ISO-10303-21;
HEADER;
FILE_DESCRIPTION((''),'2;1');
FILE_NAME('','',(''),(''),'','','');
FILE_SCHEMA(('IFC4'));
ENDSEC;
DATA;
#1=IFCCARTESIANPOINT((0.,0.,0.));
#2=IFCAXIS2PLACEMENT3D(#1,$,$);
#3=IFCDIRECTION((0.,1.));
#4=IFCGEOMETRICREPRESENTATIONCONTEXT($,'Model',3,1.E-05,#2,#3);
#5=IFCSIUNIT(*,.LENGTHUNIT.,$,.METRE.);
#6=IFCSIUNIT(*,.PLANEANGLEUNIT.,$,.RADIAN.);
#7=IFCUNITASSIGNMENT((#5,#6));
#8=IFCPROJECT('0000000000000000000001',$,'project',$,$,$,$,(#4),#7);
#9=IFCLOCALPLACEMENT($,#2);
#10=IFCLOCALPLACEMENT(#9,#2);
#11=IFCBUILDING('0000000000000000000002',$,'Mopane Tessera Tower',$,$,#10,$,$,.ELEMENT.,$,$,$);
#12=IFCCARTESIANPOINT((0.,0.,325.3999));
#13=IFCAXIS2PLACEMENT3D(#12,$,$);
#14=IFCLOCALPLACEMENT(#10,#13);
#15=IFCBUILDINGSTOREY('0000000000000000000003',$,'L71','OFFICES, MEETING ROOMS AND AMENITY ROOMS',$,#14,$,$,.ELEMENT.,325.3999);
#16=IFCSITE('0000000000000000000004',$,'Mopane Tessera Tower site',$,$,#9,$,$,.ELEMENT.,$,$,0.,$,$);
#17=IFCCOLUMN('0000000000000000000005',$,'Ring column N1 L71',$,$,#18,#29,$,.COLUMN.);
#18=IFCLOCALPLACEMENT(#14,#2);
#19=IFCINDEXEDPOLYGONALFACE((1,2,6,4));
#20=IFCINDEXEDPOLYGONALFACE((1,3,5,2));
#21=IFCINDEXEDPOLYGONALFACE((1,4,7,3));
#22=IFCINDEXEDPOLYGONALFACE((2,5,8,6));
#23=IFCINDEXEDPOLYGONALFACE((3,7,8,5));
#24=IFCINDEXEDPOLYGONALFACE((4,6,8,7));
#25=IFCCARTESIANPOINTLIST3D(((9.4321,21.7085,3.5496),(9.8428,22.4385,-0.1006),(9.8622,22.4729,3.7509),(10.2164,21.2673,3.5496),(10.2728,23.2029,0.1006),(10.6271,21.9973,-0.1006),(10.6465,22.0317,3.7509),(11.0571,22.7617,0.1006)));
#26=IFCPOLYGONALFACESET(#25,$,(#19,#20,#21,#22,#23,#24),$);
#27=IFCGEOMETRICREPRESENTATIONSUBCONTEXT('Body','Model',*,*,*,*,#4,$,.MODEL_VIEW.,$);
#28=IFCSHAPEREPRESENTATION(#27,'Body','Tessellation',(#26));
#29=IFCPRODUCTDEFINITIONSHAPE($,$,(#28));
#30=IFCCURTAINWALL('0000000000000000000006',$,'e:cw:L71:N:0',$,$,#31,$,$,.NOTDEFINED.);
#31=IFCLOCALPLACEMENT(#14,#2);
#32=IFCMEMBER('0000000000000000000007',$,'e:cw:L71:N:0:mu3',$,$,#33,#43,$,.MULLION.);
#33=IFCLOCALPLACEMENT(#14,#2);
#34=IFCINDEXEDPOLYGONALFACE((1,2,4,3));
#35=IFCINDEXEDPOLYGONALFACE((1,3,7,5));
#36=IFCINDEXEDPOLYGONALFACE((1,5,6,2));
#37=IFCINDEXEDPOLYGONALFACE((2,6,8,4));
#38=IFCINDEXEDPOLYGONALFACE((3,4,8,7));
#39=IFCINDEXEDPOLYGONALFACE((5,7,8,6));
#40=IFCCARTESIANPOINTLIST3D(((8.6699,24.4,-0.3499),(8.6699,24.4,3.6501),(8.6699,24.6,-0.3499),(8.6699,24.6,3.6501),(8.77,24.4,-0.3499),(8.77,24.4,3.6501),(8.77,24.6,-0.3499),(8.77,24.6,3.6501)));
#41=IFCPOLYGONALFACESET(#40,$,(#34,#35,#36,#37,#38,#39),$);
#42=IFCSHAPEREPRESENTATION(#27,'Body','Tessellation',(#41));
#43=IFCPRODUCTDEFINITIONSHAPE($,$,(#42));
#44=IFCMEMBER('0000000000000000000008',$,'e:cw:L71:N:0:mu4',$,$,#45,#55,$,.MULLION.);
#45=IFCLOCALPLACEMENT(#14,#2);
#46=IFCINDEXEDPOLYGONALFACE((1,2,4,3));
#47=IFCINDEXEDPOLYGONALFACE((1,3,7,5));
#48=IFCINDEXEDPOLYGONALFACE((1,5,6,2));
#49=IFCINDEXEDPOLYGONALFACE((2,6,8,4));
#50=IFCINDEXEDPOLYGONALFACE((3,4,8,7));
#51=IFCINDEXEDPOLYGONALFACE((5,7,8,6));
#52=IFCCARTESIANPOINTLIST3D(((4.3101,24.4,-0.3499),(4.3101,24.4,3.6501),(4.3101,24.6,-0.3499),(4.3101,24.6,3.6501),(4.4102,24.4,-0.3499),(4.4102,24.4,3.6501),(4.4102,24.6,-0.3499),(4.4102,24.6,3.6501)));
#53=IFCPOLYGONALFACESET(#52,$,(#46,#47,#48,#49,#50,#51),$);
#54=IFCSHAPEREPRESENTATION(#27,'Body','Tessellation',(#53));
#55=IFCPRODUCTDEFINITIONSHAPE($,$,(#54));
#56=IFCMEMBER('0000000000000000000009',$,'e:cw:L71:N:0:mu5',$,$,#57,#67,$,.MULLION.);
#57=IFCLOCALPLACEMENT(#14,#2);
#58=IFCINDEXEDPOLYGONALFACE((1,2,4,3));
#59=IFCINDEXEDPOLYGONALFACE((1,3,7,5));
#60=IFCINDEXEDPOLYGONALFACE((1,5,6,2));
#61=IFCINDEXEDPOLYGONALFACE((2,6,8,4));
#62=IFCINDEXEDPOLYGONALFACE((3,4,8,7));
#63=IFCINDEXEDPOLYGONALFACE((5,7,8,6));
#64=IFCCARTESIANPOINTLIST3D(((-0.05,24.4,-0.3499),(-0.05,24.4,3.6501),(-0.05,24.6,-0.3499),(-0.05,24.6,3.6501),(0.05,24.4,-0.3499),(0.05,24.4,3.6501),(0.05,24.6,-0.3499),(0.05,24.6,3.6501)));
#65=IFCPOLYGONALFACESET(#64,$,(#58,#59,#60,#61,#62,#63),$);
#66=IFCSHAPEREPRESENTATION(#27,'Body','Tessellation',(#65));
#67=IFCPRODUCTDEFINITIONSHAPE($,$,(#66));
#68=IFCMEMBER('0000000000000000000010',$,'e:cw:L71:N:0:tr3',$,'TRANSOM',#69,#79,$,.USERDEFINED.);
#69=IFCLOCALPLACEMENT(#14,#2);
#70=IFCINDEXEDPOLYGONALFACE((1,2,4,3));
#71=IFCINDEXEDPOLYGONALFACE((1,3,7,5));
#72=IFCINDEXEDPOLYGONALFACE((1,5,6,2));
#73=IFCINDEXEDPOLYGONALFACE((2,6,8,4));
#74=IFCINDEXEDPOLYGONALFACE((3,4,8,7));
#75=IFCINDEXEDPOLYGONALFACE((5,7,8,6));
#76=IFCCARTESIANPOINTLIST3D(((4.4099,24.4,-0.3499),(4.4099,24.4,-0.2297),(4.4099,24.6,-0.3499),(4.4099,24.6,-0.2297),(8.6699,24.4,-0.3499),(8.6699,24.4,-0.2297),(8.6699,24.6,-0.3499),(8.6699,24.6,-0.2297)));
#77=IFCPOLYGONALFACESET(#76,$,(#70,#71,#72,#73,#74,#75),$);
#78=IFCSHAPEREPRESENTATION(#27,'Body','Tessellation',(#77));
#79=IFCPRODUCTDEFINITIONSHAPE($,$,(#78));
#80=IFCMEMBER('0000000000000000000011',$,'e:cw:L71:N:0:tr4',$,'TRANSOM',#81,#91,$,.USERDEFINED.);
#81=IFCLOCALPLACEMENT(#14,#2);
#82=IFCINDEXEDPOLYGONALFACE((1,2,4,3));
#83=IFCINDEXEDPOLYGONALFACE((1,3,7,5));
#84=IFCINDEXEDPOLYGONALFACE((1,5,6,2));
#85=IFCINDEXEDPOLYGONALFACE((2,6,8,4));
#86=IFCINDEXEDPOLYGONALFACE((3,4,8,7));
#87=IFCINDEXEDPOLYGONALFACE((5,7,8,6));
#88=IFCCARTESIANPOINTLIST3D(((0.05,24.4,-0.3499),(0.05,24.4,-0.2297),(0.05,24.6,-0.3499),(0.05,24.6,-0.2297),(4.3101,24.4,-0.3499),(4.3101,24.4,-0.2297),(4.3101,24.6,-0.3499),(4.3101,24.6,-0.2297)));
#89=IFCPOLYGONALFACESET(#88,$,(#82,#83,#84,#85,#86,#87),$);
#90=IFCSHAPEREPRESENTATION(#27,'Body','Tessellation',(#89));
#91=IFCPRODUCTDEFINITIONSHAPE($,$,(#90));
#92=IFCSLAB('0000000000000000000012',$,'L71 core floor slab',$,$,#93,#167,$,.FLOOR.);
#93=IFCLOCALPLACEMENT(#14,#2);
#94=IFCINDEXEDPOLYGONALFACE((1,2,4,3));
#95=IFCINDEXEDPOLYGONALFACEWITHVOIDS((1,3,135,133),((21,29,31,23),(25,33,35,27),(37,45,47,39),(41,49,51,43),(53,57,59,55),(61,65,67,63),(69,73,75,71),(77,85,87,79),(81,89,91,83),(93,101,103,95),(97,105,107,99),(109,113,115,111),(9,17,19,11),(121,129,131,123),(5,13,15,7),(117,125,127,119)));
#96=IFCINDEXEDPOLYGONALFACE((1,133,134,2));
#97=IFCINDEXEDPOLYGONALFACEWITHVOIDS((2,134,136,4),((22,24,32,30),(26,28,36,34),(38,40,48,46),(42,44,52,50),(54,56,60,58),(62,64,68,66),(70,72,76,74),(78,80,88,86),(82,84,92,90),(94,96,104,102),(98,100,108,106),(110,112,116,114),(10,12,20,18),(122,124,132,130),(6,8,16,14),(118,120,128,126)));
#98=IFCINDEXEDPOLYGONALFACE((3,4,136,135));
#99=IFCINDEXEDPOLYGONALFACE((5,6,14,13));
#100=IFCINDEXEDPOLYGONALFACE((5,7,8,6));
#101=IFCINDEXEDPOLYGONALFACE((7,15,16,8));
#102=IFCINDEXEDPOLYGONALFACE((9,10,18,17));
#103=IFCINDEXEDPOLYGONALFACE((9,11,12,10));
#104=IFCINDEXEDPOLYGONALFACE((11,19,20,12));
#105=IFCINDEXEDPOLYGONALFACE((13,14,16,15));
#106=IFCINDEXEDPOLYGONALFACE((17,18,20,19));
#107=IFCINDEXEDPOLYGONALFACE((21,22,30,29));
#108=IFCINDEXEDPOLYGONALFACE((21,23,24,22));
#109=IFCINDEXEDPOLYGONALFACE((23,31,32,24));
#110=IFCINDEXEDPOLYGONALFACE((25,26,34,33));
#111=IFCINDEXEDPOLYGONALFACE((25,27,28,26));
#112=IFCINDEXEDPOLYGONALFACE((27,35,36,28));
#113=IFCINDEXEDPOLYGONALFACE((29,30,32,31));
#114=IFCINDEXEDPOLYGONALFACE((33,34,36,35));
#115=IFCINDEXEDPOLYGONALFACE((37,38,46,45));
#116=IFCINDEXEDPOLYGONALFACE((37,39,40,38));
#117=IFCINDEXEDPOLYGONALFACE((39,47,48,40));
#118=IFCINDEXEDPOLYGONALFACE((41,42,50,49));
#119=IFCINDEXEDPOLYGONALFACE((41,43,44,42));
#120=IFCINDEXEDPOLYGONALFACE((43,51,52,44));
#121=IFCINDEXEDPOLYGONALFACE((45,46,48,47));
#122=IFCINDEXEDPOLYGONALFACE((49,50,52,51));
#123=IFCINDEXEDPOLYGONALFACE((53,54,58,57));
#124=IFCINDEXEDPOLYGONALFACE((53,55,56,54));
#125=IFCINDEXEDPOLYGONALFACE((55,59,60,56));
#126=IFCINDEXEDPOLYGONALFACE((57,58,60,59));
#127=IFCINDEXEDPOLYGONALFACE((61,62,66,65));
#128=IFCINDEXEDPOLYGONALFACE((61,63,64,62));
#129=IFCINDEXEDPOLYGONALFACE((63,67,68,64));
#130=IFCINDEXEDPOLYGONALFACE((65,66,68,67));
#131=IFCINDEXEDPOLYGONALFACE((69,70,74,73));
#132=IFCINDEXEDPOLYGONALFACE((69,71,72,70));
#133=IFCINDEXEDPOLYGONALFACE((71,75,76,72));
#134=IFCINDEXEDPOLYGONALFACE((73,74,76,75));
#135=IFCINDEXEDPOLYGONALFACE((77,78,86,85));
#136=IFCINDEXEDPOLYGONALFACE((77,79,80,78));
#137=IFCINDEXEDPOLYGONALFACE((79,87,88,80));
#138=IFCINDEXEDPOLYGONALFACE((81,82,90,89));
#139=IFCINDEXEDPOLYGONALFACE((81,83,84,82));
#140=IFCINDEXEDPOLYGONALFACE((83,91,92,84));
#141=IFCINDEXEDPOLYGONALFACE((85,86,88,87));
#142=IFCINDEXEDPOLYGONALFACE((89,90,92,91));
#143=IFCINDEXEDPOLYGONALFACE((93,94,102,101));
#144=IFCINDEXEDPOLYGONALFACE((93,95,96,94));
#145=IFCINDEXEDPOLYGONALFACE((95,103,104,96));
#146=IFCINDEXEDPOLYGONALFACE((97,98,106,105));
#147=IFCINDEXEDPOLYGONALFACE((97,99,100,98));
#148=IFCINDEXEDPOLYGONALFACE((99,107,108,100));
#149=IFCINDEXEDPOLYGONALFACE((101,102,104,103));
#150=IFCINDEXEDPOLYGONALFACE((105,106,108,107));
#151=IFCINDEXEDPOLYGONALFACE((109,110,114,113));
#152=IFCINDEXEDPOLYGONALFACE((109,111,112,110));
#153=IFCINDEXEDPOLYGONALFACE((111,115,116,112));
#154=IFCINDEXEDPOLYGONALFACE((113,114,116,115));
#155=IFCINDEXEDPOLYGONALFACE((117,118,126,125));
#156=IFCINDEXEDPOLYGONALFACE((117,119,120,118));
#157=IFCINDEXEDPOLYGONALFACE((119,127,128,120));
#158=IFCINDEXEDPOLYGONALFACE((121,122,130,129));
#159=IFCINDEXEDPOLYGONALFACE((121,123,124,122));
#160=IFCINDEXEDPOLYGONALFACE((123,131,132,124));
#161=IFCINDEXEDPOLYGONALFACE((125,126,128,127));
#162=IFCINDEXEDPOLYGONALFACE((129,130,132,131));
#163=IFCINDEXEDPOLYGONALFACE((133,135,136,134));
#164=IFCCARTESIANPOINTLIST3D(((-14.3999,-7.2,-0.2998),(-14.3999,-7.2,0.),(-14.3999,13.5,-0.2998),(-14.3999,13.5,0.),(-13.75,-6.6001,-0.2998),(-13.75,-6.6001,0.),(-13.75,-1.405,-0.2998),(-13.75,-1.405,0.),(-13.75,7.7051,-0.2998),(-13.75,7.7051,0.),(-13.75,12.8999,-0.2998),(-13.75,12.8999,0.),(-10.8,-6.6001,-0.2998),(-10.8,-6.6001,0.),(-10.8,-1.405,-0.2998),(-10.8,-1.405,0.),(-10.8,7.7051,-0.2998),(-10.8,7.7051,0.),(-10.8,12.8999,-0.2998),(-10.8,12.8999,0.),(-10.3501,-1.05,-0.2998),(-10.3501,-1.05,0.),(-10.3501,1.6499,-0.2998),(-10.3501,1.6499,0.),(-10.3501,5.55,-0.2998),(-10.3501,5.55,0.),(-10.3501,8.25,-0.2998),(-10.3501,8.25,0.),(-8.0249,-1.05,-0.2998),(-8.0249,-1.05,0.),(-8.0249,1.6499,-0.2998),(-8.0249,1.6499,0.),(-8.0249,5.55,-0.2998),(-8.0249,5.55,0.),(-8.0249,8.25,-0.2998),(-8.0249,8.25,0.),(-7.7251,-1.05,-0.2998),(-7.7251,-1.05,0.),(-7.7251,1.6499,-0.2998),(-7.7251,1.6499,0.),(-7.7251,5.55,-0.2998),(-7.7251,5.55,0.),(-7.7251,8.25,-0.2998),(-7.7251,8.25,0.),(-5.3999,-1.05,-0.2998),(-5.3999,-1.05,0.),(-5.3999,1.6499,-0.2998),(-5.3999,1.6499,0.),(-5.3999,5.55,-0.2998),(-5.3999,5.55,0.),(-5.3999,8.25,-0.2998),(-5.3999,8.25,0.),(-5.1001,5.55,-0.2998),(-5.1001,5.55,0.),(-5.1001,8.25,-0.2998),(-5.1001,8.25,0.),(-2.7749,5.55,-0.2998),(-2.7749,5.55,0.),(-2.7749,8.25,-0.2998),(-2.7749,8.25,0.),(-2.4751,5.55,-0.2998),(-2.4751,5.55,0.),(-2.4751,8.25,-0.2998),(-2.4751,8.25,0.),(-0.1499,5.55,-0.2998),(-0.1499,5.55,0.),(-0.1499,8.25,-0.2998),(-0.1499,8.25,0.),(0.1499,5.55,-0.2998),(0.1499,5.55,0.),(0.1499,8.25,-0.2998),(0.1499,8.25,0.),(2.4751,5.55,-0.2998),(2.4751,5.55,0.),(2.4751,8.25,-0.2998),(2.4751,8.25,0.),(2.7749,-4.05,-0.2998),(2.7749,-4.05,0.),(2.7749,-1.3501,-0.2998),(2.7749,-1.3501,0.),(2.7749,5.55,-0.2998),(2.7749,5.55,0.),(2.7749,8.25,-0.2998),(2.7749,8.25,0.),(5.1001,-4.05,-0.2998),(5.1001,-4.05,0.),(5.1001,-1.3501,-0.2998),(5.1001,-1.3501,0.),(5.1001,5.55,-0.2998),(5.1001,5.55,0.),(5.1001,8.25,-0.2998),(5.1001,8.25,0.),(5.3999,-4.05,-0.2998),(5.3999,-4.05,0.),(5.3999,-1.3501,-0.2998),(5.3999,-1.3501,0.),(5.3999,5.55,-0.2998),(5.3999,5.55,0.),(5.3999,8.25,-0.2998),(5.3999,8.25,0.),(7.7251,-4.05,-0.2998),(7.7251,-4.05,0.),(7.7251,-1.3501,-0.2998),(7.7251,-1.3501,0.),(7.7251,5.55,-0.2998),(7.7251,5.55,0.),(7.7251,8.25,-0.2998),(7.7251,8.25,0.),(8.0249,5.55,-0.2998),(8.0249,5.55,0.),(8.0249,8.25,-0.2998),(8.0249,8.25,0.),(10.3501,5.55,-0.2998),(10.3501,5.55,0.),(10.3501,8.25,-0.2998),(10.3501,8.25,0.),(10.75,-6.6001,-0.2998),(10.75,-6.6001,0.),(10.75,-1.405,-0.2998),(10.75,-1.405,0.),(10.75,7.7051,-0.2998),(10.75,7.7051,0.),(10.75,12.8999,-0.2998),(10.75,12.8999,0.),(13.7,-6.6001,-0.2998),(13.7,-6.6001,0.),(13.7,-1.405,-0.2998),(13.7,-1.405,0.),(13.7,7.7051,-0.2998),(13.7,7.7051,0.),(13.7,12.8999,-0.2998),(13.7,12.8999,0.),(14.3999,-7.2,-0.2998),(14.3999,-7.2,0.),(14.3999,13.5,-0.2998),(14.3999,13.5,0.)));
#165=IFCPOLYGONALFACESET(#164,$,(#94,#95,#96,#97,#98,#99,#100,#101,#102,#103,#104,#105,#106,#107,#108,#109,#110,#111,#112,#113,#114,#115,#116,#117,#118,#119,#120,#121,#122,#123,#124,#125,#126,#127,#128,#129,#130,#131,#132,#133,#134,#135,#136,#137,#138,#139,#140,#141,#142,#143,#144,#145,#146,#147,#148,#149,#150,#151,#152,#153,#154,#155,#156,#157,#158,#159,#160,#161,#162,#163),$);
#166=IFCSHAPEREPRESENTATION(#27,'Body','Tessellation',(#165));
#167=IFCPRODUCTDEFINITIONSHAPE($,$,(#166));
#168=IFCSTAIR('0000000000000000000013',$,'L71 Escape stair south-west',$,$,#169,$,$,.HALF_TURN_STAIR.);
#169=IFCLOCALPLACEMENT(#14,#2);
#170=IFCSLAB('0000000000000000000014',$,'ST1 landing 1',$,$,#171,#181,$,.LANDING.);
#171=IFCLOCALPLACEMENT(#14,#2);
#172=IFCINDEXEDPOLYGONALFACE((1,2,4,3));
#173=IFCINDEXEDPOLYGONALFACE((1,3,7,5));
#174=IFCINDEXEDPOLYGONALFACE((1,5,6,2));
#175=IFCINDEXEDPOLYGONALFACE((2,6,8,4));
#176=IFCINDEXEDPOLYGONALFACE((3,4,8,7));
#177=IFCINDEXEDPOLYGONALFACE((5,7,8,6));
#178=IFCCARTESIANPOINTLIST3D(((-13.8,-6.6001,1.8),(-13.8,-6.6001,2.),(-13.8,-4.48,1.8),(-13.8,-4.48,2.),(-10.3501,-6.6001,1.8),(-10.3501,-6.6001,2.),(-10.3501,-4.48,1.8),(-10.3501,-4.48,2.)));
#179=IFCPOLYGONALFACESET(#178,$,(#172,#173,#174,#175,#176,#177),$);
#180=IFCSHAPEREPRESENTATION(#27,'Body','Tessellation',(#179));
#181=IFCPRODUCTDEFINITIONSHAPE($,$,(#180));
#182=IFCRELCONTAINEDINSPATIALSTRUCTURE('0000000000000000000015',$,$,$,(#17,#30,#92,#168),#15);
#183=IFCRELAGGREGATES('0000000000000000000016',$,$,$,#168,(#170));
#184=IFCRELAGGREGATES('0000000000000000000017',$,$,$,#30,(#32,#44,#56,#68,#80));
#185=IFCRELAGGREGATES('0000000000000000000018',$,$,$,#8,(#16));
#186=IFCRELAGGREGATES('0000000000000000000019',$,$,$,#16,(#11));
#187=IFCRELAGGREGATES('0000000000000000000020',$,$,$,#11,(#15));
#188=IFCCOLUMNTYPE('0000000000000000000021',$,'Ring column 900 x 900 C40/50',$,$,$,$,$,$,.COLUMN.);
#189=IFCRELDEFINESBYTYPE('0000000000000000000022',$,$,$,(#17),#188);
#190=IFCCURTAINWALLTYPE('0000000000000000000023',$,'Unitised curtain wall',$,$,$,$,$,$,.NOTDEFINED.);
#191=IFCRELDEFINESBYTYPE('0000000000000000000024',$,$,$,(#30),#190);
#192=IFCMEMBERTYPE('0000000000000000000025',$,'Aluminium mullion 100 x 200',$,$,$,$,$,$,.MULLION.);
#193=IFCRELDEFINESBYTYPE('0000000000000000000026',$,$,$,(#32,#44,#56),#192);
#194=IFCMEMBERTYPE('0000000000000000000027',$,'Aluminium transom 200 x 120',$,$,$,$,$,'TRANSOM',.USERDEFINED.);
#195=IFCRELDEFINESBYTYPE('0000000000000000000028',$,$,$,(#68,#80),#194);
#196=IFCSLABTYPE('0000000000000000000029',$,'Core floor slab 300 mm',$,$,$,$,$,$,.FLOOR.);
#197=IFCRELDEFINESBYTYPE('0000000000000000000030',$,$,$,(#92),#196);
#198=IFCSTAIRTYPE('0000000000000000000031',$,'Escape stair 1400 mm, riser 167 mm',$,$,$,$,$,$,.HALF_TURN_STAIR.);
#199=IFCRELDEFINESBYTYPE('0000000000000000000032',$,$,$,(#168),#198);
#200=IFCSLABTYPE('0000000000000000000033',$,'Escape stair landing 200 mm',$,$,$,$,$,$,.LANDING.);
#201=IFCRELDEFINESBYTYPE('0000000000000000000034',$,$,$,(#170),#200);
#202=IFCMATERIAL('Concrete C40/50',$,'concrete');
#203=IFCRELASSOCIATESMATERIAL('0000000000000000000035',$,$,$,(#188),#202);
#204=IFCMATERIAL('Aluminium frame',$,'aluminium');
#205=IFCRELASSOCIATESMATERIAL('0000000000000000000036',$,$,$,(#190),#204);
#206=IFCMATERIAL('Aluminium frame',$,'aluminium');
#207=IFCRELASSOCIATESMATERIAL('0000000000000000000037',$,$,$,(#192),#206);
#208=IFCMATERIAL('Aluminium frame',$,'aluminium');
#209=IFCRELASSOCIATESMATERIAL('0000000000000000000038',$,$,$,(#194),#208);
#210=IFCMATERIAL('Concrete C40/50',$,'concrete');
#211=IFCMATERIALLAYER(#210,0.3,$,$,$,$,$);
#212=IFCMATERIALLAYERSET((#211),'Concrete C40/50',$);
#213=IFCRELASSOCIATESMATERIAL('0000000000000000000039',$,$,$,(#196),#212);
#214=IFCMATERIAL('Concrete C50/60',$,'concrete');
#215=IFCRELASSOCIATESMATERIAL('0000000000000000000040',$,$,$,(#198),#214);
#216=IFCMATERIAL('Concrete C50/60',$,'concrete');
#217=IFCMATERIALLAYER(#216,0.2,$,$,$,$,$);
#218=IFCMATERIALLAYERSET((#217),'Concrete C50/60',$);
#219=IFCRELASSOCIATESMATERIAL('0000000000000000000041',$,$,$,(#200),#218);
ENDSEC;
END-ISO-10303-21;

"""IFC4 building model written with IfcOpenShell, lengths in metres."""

from ifc_helpers import new_model, si_unit, direction, frame, origin, origin_2d, place, context, subcontext, project, spatial, polyline, rectangle, outline, extrude, material, layer, layer_set, material_profile, profile_set, type_object, element, aggregate, save


model = new_model("IFC4")

# Units and contexts
model_context = context("Model", 3, precision=1e-05, world=origin(), true_north=direction((0.0, 1.0)))
body_context = subcontext(model_context, "Body", "Model", "MODEL_VIEW")
ifc_project = project(units=[si_unit("LENGTHUNIT", "METRE"), si_unit("PLANEANGLEUNIT", "RADIAN")], contexts=[model_context])

# Site, building, storey
site_placement = place(None, origin())
site = spatial("IfcSite", under=ifc_project, at=site_placement, Name="Mopane Tessera Tower site", CompositionType="ELEMENT", RefElevation=0.0)
building_placement = place(site_placement, origin())
building = spatial("IfcBuilding", under=site, at=building_placement, Name="Mopane Tessera Tower", CompositionType="ELEMENT")
storey_placement = place(building_placement, frame((0.0, 0.0, 325.3999)))
storey = spatial("IfcBuildingStorey", under=building, at=storey_placement, Name="L71", Description="OFFICES, MEETING ROOMS AND AMENITY ROOMS", CompositionType="ELEMENT", Elevation=325.3999)

# Column
ifc_material_1 = material(Name="Concrete C40/50", Category="concrete")
ifc_material_profile_1 = material_profile(ifc_material_1, rectangle(XDim=0.8999, YDim=0.8999, at=origin_2d()))
ifc_profile_set_1 = profile_set([ifc_material_profile_1], Name="Concrete C40/50")
column_type = type_object("IfcColumnType", Name="Ring column 900 x 900 C40/50", PredefinedType="COLUMN", material=ifc_profile_set_1)
column_placement = place(storey_placement, frame((10.45, 22.6001, 0.0), z_axis=(-0.109651, -0.194921, 0.97467), x_axis=(0.87156, -0.490289, 0.0)))
element("IfcColumn", 1, at=column_placement, inside=storey, type_object=column_type, Name="Ring column N1 L71", PredefinedType="COLUMN", context=body_context, shape_type="SweptSolid", body=[
    extrude(rectangle(XDim=0.8999, YDim=0.8999, at=origin_2d()), origin(), (0.0, 0.0, 1.0), 3.7451),
])

# Curtain wall, members
ifc_material_2 = material(Name="Aluminium frame", Category="aluminium")
curtain_wall_type = type_object("IfcCurtainWallType", Name="Unitised curtain wall", PredefinedType="NOTDEFINED", material=ifc_material_2)
curtain_wall_1_placement = place(storey_placement, origin())
curtain_wall_1 = element("IfcCurtainWall", 2, at=curtain_wall_1_placement, inside=storey, type_object=curtain_wall_type, Name="e:cw:L71:N:0", PredefinedType="NOTDEFINED")
ifc_material_3 = material(Name="Aluminium frame", Category="aluminium")
ifc_material_profile_2 = material_profile(ifc_material_3, rectangle(XDim=0.1001, YDim=0.2, at=origin_2d()))
ifc_profile_set_2 = profile_set([ifc_material_profile_2], Name="Aluminium frame")
member_type_1 = type_object("IfcMemberType", Name="Aluminium mullion 100 x 200", PredefinedType="MULLION", material=ifc_profile_set_2)
member_1_placement = place(storey_placement, frame((8.72, 24.5, -0.3499), z_axis=(0.0, 0.0, 1.0), x_axis=(-1.0, 0.0, 0.0)))
member_1 = element("IfcMember", 3, at=member_1_placement, type_object=member_type_1, Name="e:cw:L71:N:0:mu3", PredefinedType="MULLION", context=body_context, shape_type="SweptSolid", body=[
    extrude(rectangle(XDim=0.1001, YDim=0.2, at=origin_2d()), origin(), (0.0, 0.0, 1.0), 4.0),
])
member_2_placement = place(storey_placement, frame((4.3601, 24.5, -0.3499), z_axis=(0.0, 0.0, 1.0), x_axis=(-1.0, 0.0, 0.0)))
member_2 = element("IfcMember", 4, at=member_2_placement, type_object=member_type_1, Name="e:cw:L71:N:0:mu4", PredefinedType="MULLION", context=body_context, shape_type="SweptSolid", body=[
    extrude(rectangle(XDim=0.1001, YDim=0.2, at=origin_2d()), origin(), (0.0, 0.0, 1.0), 4.0),
])
member_3_placement = place(storey_placement, frame((0.0, 24.5, -0.3499), z_axis=(0.0, 0.0, 1.0), x_axis=(-1.0, 0.0, 0.0)))
member_3 = element("IfcMember", 5, at=member_3_placement, type_object=member_type_1, Name="e:cw:L71:N:0:mu5", PredefinedType="MULLION", context=body_context, shape_type="SweptSolid", body=[
    extrude(rectangle(XDim=0.1001, YDim=0.2, at=origin_2d()), origin(), (0.0, 0.0, 1.0), 4.0),
])
ifc_material_4 = material(Name="Aluminium frame", Category="aluminium")
ifc_material_profile_3 = material_profile(ifc_material_4, rectangle(XDim=0.2, YDim=0.1201, at=origin_2d()))
ifc_profile_set_3 = profile_set([ifc_material_profile_3], Name="Aluminium frame")
member_type_2 = type_object("IfcMemberType", Name="Aluminium transom 200 x 120", ElementType="TRANSOM", PredefinedType="USERDEFINED", material=ifc_profile_set_3)
member_4_placement = place(storey_placement, frame((8.6699, 24.5, -0.2898), z_axis=(-1.0, 0.0, 0.0), x_axis=(0.0, -1.0, 0.0)))
member_4 = element("IfcMember", 6, at=member_4_placement, type_object=member_type_2, Name="e:cw:L71:N:0:tr3", ObjectType="TRANSOM", PredefinedType="USERDEFINED", context=body_context, shape_type="SweptSolid", body=[
    extrude(rectangle(XDim=0.2, YDim=0.1201, at=origin_2d()), origin(), (0.0, 0.0, 1.0), 4.26),
])
member_5_placement = place(storey_placement, frame((4.3101, 24.5, -0.2898), z_axis=(-1.0, 0.0, 0.0), x_axis=(0.0, -1.0, 0.0)))
member_5 = element("IfcMember", 7, at=member_5_placement, type_object=member_type_2, Name="e:cw:L71:N:0:tr4", ObjectType="TRANSOM", PredefinedType="USERDEFINED", context=body_context, shape_type="SweptSolid", body=[
    extrude(rectangle(XDim=0.2, YDim=0.1201, at=origin_2d()), origin(), (0.0, 0.0, 1.0), 4.26),
])

# Slab
ifc_material_5 = material(Name="Concrete C40/50", Category="concrete")
ifc_layer_1 = layer(ifc_material_5, 0.3)
ifc_layer_set_1 = layer_set([ifc_layer_1], Name="Concrete C40/50")
slab_type_1 = type_object("IfcSlabType", Name="Core floor slab 300 mm", PredefinedType="FLOOR", material=ifc_layer_set_1)
slab_1_placement = place(storey_placement, frame((0.0, 0.0, -0.2998)))
element("IfcSlab", 8, at=slab_1_placement, inside=storey, type_object=slab_type_1, Name="L71 core floor slab", PredefinedType="FLOOR", context=body_context, shape_type="SweptSolid", body=[
    extrude(outline(polyline([(-14.3999, -7.2), (14.3999, -7.2), (14.3999, 13.5), (-14.3999, 13.5), (-14.3999, -7.2)]), holes=[polyline([(-10.3501, -1.05), (-8.0249, -1.05), (-8.0249, 1.6499), (-10.3501, 1.6499), (-10.3501, -1.05)]), polyline([(-7.7251, -1.05), (-5.3999, -1.05), (-5.3999, 1.6499), (-7.7251, 1.6499), (-7.7251, -1.05)]), polyline([(-10.3501, 5.55), (-8.0249, 5.55), (-8.0249, 8.25), (-10.3501, 8.25), (-10.3501, 5.55)]), polyline([(-7.7251, 5.55), (-5.3999, 5.55), (-5.3999, 8.25), (-7.7251, 8.25), (-7.7251, 5.55)]), polyline([(-5.1001, 5.55), (-2.7749, 5.55), (-2.7749, 8.25), (-5.1001, 8.25), (-5.1001, 5.55)]), polyline([(-2.4751, 5.55), (-0.1499, 5.55), (-0.1499, 8.25), (-2.4751, 8.25), (-2.4751, 5.55)]), polyline([(0.1499, 5.55), (2.4751, 5.55), (2.4751, 8.25), (0.1499, 8.25), (0.1499, 5.55)]), polyline([(2.7749, 5.55), (5.1001, 5.55), (5.1001, 8.25), (2.7749, 8.25), (2.7749, 5.55)]), polyline([(5.3999, 5.55), (7.7251, 5.55), (7.7251, 8.25), (5.3999, 8.25), (5.3999, 5.55)]), polyline([(8.0249, 5.55), (10.3501, 5.55), (10.3501, 8.25), (8.0249, 8.25), (8.0249, 5.55)]), polyline([(2.7749, -4.05), (5.1001, -4.05), (5.1001, -1.3501), (2.7749, -1.3501), (2.7749, -4.05)]), polyline([(5.3999, -4.05), (7.7251, -4.05), (7.7251, -1.3501), (5.3999, -1.3501), (5.3999, -4.05)]), polyline([(-13.75, -1.405), (-13.75, -6.6001), (-10.8, -6.6001), (-10.8, -1.405), (-13.75, -1.405)]), polyline([(-10.8, 7.7051), (-10.8, 12.8999), (-13.75, 12.8999), (-13.75, 7.7051), (-10.8, 7.7051)]), polyline([(10.75, -1.405), (10.75, -6.6001), (13.7, -6.6001), (13.7, -1.405), (10.75, -1.405)]), polyline([(13.7, 7.7051), (13.7, 12.8999), (10.75, 12.8999), (10.75, 7.7051), (13.7, 7.7051)])]), origin(), (0.0, 0.0, 1.0), 0.2998),
])

# Stair, slab
ifc_material_6 = material(Name="Concrete C50/60", Category="concrete")
stair_type = type_object("IfcStairType", Name="Escape stair 1400 mm, riser 167 mm", PredefinedType="HALF_TURN_STAIR", material=ifc_material_6)
stair_1_placement = place(storey_placement, origin())
stair_1 = element("IfcStair", 9, at=stair_1_placement, inside=storey, type_object=stair_type, Name="L71 Escape stair south-west", PredefinedType="HALF_TURN_STAIR")
ifc_material_7 = material(Name="Concrete C50/60", Category="concrete")
ifc_layer_2 = layer(ifc_material_7, 0.2)
ifc_layer_set_2 = layer_set([ifc_layer_2], Name="Concrete C50/60")
slab_type_2 = type_object("IfcSlabType", Name="Escape stair landing 200 mm", PredefinedType="LANDING", material=ifc_layer_set_2)
slab_2_placement = place(storey_placement, frame((0.0, 0.0, 1.8)))
slab_2 = element("IfcSlab", 10, at=slab_2_placement, type_object=slab_type_2, Name="ST1 landing 1", PredefinedType="LANDING", context=body_context, shape_type="SweptSolid", body=[
    extrude(outline(polyline([(-13.8, -4.48), (-13.8, -6.6001), (-10.3501, -6.6001), (-10.3501, -4.48), (-13.8, -4.48)])), origin(), (0.0, 0.0, 1.0), 0.2),
])
aggregate(stair_1, [slab_2])

aggregate(curtain_wall_1, [member_1, member_2, member_3, member_4, member_5])

save(model, "model.ifc")
